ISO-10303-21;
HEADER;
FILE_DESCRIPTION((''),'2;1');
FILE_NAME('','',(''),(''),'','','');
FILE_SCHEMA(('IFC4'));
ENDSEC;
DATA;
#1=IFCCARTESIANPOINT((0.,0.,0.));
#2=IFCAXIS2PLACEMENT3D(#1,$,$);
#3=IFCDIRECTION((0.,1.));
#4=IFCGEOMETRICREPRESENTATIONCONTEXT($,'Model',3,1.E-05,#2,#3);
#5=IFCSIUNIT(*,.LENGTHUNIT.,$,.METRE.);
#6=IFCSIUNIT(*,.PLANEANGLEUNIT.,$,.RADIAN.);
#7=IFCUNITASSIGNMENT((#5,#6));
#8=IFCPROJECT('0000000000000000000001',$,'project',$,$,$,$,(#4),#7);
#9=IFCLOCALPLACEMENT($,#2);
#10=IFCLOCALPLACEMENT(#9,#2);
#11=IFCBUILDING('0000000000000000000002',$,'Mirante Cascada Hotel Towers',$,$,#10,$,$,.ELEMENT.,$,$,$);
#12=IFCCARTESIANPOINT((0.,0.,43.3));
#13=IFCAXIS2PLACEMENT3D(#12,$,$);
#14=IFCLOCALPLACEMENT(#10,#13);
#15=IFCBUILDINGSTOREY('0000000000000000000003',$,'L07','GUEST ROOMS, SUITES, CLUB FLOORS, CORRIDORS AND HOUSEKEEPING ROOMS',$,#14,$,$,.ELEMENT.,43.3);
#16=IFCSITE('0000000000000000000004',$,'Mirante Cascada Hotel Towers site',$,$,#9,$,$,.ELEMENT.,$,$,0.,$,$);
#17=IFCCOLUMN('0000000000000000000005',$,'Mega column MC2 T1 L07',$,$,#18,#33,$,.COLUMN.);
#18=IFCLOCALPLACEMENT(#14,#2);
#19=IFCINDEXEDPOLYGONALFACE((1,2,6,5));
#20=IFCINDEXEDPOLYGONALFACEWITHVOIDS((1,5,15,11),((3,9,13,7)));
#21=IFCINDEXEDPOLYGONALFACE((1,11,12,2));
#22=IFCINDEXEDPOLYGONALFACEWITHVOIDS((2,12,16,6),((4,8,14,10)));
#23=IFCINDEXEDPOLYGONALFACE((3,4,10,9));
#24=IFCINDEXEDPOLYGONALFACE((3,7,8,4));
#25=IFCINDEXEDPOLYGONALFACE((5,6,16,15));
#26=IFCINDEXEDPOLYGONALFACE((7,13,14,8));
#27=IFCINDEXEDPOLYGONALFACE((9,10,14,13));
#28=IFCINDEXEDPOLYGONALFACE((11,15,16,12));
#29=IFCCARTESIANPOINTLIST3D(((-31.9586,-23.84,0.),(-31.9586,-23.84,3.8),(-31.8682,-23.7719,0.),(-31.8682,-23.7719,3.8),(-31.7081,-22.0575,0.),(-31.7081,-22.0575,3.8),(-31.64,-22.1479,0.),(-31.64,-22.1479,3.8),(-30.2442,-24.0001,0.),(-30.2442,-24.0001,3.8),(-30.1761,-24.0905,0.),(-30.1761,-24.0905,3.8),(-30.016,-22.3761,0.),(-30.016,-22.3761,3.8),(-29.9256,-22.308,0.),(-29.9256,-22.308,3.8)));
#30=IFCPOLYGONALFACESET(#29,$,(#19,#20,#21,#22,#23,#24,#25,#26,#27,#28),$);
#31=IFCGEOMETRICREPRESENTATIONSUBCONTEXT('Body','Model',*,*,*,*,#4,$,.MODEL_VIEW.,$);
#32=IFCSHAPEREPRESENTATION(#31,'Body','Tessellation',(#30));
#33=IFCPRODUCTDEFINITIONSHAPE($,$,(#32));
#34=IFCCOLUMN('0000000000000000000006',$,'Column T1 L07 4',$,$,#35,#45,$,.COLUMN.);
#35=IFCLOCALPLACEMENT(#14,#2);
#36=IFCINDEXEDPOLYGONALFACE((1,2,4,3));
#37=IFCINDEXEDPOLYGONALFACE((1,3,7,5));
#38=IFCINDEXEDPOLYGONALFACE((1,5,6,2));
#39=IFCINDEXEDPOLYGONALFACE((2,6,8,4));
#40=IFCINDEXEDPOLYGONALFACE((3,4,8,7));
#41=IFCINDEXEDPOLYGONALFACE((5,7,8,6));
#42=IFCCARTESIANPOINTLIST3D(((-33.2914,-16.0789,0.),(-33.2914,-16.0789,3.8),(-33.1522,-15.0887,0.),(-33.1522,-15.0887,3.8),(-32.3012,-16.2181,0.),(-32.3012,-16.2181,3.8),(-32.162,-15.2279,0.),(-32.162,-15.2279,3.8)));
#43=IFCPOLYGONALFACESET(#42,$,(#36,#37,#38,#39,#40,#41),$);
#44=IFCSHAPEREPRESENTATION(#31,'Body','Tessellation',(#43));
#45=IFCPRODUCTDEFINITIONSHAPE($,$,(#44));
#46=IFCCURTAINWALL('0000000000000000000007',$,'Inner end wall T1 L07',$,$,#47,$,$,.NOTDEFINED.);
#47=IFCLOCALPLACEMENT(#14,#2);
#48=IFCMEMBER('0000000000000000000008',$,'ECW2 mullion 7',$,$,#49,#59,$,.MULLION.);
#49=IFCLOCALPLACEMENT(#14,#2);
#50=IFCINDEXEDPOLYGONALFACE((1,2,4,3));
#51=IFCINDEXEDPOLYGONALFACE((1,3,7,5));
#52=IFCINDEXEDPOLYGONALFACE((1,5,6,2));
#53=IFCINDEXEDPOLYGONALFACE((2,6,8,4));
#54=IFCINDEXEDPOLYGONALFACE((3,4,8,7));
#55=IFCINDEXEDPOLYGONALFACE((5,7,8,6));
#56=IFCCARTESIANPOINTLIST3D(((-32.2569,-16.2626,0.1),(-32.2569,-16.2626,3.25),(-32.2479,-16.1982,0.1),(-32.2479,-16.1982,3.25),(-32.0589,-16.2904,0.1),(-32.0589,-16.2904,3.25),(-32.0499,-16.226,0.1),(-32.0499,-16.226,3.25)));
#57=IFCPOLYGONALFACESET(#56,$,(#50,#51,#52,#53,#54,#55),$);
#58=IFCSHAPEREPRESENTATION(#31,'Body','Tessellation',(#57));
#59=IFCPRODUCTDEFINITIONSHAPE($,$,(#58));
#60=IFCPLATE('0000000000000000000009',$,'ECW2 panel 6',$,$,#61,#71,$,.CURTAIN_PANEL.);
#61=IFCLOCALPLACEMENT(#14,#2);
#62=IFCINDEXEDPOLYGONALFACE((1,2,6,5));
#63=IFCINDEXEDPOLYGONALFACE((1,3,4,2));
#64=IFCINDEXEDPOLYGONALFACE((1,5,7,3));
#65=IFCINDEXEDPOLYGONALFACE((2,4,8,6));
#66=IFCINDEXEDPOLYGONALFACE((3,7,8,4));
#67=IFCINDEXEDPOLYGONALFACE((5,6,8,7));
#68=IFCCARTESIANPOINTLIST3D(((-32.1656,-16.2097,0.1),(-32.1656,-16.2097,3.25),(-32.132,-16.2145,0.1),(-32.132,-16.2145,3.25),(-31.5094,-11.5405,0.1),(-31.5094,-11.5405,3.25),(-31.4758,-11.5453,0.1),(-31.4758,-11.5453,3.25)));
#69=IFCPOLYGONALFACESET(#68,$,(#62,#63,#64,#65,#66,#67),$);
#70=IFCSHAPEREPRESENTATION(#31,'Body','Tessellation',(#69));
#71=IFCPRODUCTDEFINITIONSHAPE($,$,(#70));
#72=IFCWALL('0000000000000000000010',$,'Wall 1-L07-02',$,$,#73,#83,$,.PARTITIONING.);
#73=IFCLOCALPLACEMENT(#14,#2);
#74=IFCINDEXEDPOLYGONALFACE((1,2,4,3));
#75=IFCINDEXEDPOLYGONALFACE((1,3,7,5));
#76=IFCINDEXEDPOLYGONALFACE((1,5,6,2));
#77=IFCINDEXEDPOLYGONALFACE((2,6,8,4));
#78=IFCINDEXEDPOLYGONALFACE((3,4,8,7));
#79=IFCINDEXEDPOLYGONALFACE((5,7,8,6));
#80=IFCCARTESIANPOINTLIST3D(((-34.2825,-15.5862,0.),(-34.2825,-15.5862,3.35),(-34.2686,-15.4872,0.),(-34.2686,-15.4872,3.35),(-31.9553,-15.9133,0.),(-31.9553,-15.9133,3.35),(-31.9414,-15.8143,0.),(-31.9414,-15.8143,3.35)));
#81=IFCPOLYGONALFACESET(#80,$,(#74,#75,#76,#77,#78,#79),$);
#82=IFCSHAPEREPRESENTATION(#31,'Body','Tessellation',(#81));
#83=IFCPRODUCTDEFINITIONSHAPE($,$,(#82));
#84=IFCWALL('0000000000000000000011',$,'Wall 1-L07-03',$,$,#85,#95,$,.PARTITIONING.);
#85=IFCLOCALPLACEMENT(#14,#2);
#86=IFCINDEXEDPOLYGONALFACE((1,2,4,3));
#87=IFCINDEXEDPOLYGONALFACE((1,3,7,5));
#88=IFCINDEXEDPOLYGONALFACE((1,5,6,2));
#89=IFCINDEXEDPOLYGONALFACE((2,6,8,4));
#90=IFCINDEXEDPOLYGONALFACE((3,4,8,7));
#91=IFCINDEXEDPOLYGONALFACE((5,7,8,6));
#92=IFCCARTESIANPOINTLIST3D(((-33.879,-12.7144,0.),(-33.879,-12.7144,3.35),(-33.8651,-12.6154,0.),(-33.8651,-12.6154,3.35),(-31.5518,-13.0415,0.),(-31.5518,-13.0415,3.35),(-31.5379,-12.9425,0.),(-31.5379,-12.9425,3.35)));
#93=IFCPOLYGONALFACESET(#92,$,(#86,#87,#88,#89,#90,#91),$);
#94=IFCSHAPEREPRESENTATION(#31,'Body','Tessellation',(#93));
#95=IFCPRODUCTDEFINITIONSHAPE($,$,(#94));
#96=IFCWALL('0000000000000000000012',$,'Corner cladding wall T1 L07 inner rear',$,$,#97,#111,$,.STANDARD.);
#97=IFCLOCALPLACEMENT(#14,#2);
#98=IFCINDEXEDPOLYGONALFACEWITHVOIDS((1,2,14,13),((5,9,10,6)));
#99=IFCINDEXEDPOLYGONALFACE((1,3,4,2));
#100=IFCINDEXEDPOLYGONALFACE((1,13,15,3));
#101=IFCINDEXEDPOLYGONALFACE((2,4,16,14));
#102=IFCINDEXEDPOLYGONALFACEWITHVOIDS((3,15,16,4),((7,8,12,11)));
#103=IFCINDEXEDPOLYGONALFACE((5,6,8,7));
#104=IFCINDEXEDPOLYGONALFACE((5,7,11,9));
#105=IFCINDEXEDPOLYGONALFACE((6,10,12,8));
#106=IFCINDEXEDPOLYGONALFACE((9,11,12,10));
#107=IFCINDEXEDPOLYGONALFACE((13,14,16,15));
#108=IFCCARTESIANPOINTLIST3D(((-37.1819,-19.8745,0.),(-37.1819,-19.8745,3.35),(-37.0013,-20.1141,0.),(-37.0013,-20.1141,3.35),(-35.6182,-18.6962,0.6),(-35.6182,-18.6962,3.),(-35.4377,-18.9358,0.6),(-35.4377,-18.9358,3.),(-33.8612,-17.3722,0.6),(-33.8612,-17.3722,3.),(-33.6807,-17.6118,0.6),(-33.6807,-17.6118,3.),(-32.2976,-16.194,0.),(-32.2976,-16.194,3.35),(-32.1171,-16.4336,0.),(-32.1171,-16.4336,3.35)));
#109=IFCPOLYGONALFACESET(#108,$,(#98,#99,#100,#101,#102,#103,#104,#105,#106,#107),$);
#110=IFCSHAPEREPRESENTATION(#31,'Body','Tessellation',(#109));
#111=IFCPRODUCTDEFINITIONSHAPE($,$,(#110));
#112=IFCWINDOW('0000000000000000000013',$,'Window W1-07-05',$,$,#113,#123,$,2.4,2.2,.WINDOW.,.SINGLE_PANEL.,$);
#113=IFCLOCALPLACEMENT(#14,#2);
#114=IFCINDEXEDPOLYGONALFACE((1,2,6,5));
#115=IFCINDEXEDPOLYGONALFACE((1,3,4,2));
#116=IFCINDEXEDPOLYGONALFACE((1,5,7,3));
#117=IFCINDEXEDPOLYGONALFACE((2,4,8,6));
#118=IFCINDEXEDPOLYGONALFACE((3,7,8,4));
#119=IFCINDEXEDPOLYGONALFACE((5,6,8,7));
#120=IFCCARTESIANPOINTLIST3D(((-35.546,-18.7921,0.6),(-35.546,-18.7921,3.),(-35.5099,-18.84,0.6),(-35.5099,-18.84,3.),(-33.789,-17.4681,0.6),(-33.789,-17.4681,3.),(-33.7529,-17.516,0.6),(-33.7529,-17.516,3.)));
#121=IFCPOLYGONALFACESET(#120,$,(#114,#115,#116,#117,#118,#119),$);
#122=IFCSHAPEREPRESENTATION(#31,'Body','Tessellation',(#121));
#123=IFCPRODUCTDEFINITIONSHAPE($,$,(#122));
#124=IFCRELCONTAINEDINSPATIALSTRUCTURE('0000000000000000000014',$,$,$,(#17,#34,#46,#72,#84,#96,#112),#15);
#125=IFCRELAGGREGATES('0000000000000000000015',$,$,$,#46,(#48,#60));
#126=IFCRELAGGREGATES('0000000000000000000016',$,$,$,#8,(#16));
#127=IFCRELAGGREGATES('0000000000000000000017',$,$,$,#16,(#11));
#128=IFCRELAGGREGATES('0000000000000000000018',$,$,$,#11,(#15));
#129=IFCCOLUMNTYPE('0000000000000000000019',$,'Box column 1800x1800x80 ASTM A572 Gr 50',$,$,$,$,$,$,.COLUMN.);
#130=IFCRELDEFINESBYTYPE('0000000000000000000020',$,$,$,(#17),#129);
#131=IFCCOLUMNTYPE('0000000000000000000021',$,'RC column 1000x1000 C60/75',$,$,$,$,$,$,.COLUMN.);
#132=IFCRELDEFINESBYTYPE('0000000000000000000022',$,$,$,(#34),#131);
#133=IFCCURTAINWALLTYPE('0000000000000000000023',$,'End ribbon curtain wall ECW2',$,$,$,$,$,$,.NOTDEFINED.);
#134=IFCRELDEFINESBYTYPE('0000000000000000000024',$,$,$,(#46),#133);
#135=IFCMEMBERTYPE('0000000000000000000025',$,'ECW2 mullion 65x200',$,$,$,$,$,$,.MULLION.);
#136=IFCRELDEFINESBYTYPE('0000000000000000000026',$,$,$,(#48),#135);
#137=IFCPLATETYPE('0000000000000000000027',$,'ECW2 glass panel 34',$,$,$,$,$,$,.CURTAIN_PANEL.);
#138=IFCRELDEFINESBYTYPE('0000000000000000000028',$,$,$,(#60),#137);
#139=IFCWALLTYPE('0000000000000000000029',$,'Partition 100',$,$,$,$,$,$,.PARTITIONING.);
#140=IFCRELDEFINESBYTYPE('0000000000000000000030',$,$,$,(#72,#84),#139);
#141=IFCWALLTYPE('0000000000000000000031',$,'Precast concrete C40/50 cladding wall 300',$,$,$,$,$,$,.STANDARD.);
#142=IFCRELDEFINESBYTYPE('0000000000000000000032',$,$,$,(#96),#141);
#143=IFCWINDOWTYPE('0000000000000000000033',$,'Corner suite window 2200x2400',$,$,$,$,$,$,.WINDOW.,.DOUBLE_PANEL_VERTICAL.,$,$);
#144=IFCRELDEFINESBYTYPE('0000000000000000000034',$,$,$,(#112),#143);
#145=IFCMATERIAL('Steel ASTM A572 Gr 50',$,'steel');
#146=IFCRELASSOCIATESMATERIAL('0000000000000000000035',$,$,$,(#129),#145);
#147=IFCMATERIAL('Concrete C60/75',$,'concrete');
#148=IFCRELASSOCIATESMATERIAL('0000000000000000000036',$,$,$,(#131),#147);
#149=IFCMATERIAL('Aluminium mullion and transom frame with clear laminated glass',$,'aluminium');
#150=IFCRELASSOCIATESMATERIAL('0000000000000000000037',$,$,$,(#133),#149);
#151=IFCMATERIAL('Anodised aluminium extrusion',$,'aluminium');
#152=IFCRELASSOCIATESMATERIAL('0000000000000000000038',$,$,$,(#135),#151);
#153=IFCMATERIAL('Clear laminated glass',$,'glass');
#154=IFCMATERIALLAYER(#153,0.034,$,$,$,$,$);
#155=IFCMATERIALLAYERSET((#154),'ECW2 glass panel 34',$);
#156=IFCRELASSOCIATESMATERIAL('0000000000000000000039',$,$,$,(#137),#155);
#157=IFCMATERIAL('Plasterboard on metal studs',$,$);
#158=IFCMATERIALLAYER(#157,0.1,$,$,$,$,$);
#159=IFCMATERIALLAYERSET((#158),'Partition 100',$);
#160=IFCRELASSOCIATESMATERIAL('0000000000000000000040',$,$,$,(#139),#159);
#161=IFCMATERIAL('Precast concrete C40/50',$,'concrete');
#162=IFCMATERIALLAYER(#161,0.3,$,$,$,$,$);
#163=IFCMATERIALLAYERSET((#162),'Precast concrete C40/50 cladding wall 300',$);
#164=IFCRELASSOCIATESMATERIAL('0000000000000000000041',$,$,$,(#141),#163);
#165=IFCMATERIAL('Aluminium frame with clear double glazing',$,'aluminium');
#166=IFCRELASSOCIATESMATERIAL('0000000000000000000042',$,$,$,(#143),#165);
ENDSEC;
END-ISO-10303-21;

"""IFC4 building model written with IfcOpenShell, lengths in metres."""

from ifc_helpers import new_model, si_unit, direction, frame, frame_2d, origin, origin_2d, place, context, subcontext, project, spatial, rectangle, hollow_rectangle, extrude, material, layer, layer_set, material_profile, profile_set, type_object, element, fill, aggregate, save


model = new_model("IFC4")

# Units and contexts
model_context = context("Model", 3, precision=1e-05, world=origin(), true_north=direction((0.0, 1.0)))
body_context = subcontext(model_context, "Body", "Model", "MODEL_VIEW")
ifc_project = project(units=[si_unit("LENGTHUNIT", "METRE"), si_unit("PLANEANGLEUNIT", "RADIAN")], contexts=[model_context])

# Site, building, storey
site_placement = place(None, origin())
site = spatial("IfcSite", under=ifc_project, at=site_placement, Name="Mirante Cascada Hotel Towers site", CompositionType="ELEMENT", RefElevation=0.0)
building_placement = place(site_placement, origin())
building = spatial("IfcBuilding", under=site, at=building_placement, Name="Mirante Cascada Hotel Towers", CompositionType="ELEMENT")
storey_placement = place(building_placement, frame((0.0, 0.0, 43.3)))
storey = spatial("IfcBuildingStorey", under=building, at=storey_placement, Name="L07", Description="GUEST ROOMS, SUITES, CLUB FLOORS, CORRIDORS AND HOUSEKEEPING ROOMS", CompositionType="ELEMENT", Elevation=43.3)

# Columns
ifc_material_1 = material(Name="Steel ASTM A572 Gr 50", Category="steel")
ifc_material_profile_1 = material_profile(ifc_material_1, hollow_rectangle(XDim=1.8, YDim=1.8, WallThickness=0.08, at=origin_2d()), Name="Box column 1800x1800x80 ASTM A572 Gr 50")
ifc_profile_set_1 = profile_set([ifc_material_profile_1], Name="Steel ASTM A572 Gr 50")
column_type_1 = type_object("IfcColumnType", Name="Box column 1800x1800x80 ASTM A572 Gr 50", PredefinedType="COLUMN", material=ifc_profile_set_1)
column_1_placement = place(storey_placement, frame((-30.9421, -23.074, 0.0), z_axis=(0.0, 0.0, 1.0), x_axis=(-0.990268, 0.139173, 0.0)))
element("IfcColumn", 1, at=column_1_placement, inside=storey, type_object=column_type_1, Name="Mega column MC2 T1 L07", PredefinedType="COLUMN", context=body_context, shape_type="SweptSolid", body=[
    extrude(hollow_rectangle(XDim=1.8, YDim=1.8, WallThickness=0.08, at=origin_2d()), origin(), (0.0, 0.0, 1.0), 3.8),
])
ifc_material_2 = material(Name="Concrete C60/75", Category="concrete")
ifc_material_profile_2 = material_profile(ifc_material_2, rectangle(XDim=1.0, YDim=1.0, at=origin_2d()), Name="RC column 1000x1000 C60/75")
ifc_profile_set_2 = profile_set([ifc_material_profile_2], Name="Concrete C60/75")
column_type_2 = type_object("IfcColumnType", Name="RC column 1000x1000 C60/75", PredefinedType="COLUMN", material=ifc_profile_set_2)
column_2_placement = place(storey_placement, frame((-32.7267, -15.6534, 0.0), z_axis=(0.0, 0.0, 1.0), x_axis=(-0.990268, 0.139173, 0.0)))
element("IfcColumn", 2, at=column_2_placement, inside=storey, type_object=column_type_2, Name="Column T1 L07 4", PredefinedType="COLUMN", context=body_context, shape_type="SweptSolid", body=[
    extrude(rectangle(XDim=1.0, YDim=1.0, at=origin_2d()), origin(), (0.0, 0.0, 1.0), 3.8),
])

# Curtain wall, member, plate
ifc_material_3 = material(Name="Aluminium mullion and transom frame with clear laminated glass", Category="aluminium")
curtain_wall_type = type_object("IfcCurtainWallType", Name="End ribbon curtain wall ECW2", PredefinedType="NOTDEFINED", material=ifc_material_3)
curtain_wall_placement = place(storey_placement, origin())
curtain_wall = element("IfcCurtainWall", 3, at=curtain_wall_placement, inside=storey, type_object=curtain_wall_type, Name="Inner end wall T1 L07", PredefinedType="NOTDEFINED")
ifc_material_4 = material(Name="Anodised aluminium extrusion", Category="aluminium")
ifc_material_profile_3 = material_profile(ifc_material_4, rectangle(XDim=0.2, YDim=0.065, at=origin_2d()), Name="ECW2 MULLION 65x200")
ifc_profile_set_3 = profile_set([ifc_material_profile_3], Name="Anodised aluminium extrusion")
member_type = type_object("IfcMemberType", Name="ECW2 mullion 65x200", PredefinedType="MULLION", material=ifc_profile_set_3)
member_placement = place(storey_placement, frame((-32.1534, -16.2443, 0.1), z_axis=(0.0, 0.0, 1.0), x_axis=(0.990268, -0.139173, 0.0)))
member = element("IfcMember", 4, at=member_placement, type_object=member_type, Name="ECW2 mullion 7", PredefinedType="MULLION", context=body_context, shape_type="SweptSolid", body=[
    extrude(rectangle(XDim=0.2, YDim=0.065, at=origin_2d()), origin(), (0.0, 0.0, 1.0), 3.15),
])
ifc_material_5 = material(Name="Clear laminated glass", Category="glass")
ifc_layer_1 = layer(ifc_material_5, 0.034)
ifc_layer_set_1 = layer_set([ifc_layer_1], Name="ECW2 glass panel 34")
plate_type = type_object("IfcPlateType", Name="ECW2 glass panel 34", PredefinedType="CURTAIN_PANEL", material=ifc_layer_set_1)
plate_placement = place(storey_placement, frame((-31.8207, -13.8775, 0.1), z_axis=(0.0, 0.0, 1.0), x_axis=(-0.139173, -0.990268, 0.0)))
plate = element("IfcPlate", 5, at=plate_placement, type_object=plate_type, Name="ECW2 panel 6", PredefinedType="CURTAIN_PANEL", context=body_context, shape_type="SweptSolid", body=[
    extrude(rectangle(XDim=4.7151, YDim=0.034, at=origin_2d()), origin(), (0.0, 0.0, 1.0), 3.15),
])
aggregate(curtain_wall, [member, plate])

# Walls
ifc_material_6 = material(Name="Plasterboard on metal studs")
ifc_layer_2 = layer(ifc_material_6, 0.1)
ifc_layer_set_2 = layer_set([ifc_layer_2], Name="Partition 100")
wall_type_1 = type_object("IfcWallType", Name="Partition 100", PredefinedType="PARTITIONING", material=ifc_layer_set_2)
for number, where, z_axis, x_axis, name in (
    (6, (-31.9484, -15.8638, 0.0), (0.0, 0.0, 1.0), (-0.990266, 0.139187, 0.0), "Wall 1-L07-02"),
    (7, (-33.872, -12.6649, 0.0), (0.0, 0.0, 1.0), (0.990266, -0.139187, 0.0), "Wall 1-L07-03"),
):
    element("IfcWall", number, at=place(storey_placement, frame(where, z_axis=z_axis, x_axis=x_axis)), inside=storey, type_object=wall_type_1, Name=name, PredefinedType="PARTITIONING", context=body_context, shape_type="SweptSolid", body=[
        extrude(rectangle(XDim=2.3501, YDim=0.1, at=frame_2d((1.175, 0.0))), origin(), (0.0, 0.0, 1.0), 3.35),
    ])

# Wall, opening, window
ifc_material_7 = material(Name="Precast concrete C40/50", Category="concrete")
ifc_layer_3 = layer(ifc_material_7, 0.3)
ifc_layer_set_3 = layer_set([ifc_layer_3], Name="Precast concrete C40/50 cladding wall 300")
wall_type_2 = type_object("IfcWallType", Name="Precast concrete C40/50 cladding wall 300", PredefinedType="STANDARD", material=ifc_layer_set_3)
wall_placement = place(storey_placement, frame((-32.2074, -16.3138, 0.0), z_axis=(0.0, 0.0, 1.0), x_axis=(-0.798636, -0.601814, 0.0)))
wall = element("IfcWall", 8, at=wall_placement, inside=storey, type_object=wall_type_2, Name="Corner cladding wall T1 L07 inner rear", PredefinedType="STANDARD", context=body_context, shape_type="SweptSolid", body=[
    extrude(rectangle(XDim=6.1157, YDim=0.3, at=frame_2d((3.0578, 0.0))), origin(), (0.0, 0.0, 1.0), 3.35),
])
opening_placement = place(wall_placement, frame((1.9578, 0.0, 0.6)))
opening = element("IfcOpeningElement", 9, at=opening_placement, cuts=wall, PredefinedType="OPENING", context=body_context, shape_type="SweptSolid", body=[
    extrude(rectangle(XDim=2.2, YDim=2.4, at=frame_2d((1.1, 1.2))), frame((0.0, 0.15, 0.0), z_axis=(0.0, -1.0, 0.0), x_axis=(1.0, 0.0, 0.0)), (0.0, 0.0, 1.0), 0.3),
])
ifc_material_8 = material(Name="Aluminium frame with clear double glazing", Category="aluminium")
window_type = type_object("IfcWindowType", Name="Corner suite window 2200x2400", PartitioningType="DOUBLE_PANEL_VERTICAL", PredefinedType="WINDOW", material=ifc_material_8)
window_placement = place(opening_placement, origin())
window = element("IfcWindow", 10, at=window_placement, inside=storey, type_object=window_type, Name="Window W1-07-05", OverallHeight=2.4, OverallWidth=2.2, PartitioningType="SINGLE_PANEL", PredefinedType="WINDOW", context=body_context, shape_type="SweptSolid", body=[
    extrude(rectangle(XDim=2.2, YDim=2.4, at=frame_2d((1.1, 1.2))), frame((0.0, 0.03, 0.0), z_axis=(0.0, -1.0, 0.0), x_axis=(1.0, 0.0, 0.0)), (0.0, 0.0, 1.0), 0.06),
])
fill(opening, window)

save(model, "model.ifc")
